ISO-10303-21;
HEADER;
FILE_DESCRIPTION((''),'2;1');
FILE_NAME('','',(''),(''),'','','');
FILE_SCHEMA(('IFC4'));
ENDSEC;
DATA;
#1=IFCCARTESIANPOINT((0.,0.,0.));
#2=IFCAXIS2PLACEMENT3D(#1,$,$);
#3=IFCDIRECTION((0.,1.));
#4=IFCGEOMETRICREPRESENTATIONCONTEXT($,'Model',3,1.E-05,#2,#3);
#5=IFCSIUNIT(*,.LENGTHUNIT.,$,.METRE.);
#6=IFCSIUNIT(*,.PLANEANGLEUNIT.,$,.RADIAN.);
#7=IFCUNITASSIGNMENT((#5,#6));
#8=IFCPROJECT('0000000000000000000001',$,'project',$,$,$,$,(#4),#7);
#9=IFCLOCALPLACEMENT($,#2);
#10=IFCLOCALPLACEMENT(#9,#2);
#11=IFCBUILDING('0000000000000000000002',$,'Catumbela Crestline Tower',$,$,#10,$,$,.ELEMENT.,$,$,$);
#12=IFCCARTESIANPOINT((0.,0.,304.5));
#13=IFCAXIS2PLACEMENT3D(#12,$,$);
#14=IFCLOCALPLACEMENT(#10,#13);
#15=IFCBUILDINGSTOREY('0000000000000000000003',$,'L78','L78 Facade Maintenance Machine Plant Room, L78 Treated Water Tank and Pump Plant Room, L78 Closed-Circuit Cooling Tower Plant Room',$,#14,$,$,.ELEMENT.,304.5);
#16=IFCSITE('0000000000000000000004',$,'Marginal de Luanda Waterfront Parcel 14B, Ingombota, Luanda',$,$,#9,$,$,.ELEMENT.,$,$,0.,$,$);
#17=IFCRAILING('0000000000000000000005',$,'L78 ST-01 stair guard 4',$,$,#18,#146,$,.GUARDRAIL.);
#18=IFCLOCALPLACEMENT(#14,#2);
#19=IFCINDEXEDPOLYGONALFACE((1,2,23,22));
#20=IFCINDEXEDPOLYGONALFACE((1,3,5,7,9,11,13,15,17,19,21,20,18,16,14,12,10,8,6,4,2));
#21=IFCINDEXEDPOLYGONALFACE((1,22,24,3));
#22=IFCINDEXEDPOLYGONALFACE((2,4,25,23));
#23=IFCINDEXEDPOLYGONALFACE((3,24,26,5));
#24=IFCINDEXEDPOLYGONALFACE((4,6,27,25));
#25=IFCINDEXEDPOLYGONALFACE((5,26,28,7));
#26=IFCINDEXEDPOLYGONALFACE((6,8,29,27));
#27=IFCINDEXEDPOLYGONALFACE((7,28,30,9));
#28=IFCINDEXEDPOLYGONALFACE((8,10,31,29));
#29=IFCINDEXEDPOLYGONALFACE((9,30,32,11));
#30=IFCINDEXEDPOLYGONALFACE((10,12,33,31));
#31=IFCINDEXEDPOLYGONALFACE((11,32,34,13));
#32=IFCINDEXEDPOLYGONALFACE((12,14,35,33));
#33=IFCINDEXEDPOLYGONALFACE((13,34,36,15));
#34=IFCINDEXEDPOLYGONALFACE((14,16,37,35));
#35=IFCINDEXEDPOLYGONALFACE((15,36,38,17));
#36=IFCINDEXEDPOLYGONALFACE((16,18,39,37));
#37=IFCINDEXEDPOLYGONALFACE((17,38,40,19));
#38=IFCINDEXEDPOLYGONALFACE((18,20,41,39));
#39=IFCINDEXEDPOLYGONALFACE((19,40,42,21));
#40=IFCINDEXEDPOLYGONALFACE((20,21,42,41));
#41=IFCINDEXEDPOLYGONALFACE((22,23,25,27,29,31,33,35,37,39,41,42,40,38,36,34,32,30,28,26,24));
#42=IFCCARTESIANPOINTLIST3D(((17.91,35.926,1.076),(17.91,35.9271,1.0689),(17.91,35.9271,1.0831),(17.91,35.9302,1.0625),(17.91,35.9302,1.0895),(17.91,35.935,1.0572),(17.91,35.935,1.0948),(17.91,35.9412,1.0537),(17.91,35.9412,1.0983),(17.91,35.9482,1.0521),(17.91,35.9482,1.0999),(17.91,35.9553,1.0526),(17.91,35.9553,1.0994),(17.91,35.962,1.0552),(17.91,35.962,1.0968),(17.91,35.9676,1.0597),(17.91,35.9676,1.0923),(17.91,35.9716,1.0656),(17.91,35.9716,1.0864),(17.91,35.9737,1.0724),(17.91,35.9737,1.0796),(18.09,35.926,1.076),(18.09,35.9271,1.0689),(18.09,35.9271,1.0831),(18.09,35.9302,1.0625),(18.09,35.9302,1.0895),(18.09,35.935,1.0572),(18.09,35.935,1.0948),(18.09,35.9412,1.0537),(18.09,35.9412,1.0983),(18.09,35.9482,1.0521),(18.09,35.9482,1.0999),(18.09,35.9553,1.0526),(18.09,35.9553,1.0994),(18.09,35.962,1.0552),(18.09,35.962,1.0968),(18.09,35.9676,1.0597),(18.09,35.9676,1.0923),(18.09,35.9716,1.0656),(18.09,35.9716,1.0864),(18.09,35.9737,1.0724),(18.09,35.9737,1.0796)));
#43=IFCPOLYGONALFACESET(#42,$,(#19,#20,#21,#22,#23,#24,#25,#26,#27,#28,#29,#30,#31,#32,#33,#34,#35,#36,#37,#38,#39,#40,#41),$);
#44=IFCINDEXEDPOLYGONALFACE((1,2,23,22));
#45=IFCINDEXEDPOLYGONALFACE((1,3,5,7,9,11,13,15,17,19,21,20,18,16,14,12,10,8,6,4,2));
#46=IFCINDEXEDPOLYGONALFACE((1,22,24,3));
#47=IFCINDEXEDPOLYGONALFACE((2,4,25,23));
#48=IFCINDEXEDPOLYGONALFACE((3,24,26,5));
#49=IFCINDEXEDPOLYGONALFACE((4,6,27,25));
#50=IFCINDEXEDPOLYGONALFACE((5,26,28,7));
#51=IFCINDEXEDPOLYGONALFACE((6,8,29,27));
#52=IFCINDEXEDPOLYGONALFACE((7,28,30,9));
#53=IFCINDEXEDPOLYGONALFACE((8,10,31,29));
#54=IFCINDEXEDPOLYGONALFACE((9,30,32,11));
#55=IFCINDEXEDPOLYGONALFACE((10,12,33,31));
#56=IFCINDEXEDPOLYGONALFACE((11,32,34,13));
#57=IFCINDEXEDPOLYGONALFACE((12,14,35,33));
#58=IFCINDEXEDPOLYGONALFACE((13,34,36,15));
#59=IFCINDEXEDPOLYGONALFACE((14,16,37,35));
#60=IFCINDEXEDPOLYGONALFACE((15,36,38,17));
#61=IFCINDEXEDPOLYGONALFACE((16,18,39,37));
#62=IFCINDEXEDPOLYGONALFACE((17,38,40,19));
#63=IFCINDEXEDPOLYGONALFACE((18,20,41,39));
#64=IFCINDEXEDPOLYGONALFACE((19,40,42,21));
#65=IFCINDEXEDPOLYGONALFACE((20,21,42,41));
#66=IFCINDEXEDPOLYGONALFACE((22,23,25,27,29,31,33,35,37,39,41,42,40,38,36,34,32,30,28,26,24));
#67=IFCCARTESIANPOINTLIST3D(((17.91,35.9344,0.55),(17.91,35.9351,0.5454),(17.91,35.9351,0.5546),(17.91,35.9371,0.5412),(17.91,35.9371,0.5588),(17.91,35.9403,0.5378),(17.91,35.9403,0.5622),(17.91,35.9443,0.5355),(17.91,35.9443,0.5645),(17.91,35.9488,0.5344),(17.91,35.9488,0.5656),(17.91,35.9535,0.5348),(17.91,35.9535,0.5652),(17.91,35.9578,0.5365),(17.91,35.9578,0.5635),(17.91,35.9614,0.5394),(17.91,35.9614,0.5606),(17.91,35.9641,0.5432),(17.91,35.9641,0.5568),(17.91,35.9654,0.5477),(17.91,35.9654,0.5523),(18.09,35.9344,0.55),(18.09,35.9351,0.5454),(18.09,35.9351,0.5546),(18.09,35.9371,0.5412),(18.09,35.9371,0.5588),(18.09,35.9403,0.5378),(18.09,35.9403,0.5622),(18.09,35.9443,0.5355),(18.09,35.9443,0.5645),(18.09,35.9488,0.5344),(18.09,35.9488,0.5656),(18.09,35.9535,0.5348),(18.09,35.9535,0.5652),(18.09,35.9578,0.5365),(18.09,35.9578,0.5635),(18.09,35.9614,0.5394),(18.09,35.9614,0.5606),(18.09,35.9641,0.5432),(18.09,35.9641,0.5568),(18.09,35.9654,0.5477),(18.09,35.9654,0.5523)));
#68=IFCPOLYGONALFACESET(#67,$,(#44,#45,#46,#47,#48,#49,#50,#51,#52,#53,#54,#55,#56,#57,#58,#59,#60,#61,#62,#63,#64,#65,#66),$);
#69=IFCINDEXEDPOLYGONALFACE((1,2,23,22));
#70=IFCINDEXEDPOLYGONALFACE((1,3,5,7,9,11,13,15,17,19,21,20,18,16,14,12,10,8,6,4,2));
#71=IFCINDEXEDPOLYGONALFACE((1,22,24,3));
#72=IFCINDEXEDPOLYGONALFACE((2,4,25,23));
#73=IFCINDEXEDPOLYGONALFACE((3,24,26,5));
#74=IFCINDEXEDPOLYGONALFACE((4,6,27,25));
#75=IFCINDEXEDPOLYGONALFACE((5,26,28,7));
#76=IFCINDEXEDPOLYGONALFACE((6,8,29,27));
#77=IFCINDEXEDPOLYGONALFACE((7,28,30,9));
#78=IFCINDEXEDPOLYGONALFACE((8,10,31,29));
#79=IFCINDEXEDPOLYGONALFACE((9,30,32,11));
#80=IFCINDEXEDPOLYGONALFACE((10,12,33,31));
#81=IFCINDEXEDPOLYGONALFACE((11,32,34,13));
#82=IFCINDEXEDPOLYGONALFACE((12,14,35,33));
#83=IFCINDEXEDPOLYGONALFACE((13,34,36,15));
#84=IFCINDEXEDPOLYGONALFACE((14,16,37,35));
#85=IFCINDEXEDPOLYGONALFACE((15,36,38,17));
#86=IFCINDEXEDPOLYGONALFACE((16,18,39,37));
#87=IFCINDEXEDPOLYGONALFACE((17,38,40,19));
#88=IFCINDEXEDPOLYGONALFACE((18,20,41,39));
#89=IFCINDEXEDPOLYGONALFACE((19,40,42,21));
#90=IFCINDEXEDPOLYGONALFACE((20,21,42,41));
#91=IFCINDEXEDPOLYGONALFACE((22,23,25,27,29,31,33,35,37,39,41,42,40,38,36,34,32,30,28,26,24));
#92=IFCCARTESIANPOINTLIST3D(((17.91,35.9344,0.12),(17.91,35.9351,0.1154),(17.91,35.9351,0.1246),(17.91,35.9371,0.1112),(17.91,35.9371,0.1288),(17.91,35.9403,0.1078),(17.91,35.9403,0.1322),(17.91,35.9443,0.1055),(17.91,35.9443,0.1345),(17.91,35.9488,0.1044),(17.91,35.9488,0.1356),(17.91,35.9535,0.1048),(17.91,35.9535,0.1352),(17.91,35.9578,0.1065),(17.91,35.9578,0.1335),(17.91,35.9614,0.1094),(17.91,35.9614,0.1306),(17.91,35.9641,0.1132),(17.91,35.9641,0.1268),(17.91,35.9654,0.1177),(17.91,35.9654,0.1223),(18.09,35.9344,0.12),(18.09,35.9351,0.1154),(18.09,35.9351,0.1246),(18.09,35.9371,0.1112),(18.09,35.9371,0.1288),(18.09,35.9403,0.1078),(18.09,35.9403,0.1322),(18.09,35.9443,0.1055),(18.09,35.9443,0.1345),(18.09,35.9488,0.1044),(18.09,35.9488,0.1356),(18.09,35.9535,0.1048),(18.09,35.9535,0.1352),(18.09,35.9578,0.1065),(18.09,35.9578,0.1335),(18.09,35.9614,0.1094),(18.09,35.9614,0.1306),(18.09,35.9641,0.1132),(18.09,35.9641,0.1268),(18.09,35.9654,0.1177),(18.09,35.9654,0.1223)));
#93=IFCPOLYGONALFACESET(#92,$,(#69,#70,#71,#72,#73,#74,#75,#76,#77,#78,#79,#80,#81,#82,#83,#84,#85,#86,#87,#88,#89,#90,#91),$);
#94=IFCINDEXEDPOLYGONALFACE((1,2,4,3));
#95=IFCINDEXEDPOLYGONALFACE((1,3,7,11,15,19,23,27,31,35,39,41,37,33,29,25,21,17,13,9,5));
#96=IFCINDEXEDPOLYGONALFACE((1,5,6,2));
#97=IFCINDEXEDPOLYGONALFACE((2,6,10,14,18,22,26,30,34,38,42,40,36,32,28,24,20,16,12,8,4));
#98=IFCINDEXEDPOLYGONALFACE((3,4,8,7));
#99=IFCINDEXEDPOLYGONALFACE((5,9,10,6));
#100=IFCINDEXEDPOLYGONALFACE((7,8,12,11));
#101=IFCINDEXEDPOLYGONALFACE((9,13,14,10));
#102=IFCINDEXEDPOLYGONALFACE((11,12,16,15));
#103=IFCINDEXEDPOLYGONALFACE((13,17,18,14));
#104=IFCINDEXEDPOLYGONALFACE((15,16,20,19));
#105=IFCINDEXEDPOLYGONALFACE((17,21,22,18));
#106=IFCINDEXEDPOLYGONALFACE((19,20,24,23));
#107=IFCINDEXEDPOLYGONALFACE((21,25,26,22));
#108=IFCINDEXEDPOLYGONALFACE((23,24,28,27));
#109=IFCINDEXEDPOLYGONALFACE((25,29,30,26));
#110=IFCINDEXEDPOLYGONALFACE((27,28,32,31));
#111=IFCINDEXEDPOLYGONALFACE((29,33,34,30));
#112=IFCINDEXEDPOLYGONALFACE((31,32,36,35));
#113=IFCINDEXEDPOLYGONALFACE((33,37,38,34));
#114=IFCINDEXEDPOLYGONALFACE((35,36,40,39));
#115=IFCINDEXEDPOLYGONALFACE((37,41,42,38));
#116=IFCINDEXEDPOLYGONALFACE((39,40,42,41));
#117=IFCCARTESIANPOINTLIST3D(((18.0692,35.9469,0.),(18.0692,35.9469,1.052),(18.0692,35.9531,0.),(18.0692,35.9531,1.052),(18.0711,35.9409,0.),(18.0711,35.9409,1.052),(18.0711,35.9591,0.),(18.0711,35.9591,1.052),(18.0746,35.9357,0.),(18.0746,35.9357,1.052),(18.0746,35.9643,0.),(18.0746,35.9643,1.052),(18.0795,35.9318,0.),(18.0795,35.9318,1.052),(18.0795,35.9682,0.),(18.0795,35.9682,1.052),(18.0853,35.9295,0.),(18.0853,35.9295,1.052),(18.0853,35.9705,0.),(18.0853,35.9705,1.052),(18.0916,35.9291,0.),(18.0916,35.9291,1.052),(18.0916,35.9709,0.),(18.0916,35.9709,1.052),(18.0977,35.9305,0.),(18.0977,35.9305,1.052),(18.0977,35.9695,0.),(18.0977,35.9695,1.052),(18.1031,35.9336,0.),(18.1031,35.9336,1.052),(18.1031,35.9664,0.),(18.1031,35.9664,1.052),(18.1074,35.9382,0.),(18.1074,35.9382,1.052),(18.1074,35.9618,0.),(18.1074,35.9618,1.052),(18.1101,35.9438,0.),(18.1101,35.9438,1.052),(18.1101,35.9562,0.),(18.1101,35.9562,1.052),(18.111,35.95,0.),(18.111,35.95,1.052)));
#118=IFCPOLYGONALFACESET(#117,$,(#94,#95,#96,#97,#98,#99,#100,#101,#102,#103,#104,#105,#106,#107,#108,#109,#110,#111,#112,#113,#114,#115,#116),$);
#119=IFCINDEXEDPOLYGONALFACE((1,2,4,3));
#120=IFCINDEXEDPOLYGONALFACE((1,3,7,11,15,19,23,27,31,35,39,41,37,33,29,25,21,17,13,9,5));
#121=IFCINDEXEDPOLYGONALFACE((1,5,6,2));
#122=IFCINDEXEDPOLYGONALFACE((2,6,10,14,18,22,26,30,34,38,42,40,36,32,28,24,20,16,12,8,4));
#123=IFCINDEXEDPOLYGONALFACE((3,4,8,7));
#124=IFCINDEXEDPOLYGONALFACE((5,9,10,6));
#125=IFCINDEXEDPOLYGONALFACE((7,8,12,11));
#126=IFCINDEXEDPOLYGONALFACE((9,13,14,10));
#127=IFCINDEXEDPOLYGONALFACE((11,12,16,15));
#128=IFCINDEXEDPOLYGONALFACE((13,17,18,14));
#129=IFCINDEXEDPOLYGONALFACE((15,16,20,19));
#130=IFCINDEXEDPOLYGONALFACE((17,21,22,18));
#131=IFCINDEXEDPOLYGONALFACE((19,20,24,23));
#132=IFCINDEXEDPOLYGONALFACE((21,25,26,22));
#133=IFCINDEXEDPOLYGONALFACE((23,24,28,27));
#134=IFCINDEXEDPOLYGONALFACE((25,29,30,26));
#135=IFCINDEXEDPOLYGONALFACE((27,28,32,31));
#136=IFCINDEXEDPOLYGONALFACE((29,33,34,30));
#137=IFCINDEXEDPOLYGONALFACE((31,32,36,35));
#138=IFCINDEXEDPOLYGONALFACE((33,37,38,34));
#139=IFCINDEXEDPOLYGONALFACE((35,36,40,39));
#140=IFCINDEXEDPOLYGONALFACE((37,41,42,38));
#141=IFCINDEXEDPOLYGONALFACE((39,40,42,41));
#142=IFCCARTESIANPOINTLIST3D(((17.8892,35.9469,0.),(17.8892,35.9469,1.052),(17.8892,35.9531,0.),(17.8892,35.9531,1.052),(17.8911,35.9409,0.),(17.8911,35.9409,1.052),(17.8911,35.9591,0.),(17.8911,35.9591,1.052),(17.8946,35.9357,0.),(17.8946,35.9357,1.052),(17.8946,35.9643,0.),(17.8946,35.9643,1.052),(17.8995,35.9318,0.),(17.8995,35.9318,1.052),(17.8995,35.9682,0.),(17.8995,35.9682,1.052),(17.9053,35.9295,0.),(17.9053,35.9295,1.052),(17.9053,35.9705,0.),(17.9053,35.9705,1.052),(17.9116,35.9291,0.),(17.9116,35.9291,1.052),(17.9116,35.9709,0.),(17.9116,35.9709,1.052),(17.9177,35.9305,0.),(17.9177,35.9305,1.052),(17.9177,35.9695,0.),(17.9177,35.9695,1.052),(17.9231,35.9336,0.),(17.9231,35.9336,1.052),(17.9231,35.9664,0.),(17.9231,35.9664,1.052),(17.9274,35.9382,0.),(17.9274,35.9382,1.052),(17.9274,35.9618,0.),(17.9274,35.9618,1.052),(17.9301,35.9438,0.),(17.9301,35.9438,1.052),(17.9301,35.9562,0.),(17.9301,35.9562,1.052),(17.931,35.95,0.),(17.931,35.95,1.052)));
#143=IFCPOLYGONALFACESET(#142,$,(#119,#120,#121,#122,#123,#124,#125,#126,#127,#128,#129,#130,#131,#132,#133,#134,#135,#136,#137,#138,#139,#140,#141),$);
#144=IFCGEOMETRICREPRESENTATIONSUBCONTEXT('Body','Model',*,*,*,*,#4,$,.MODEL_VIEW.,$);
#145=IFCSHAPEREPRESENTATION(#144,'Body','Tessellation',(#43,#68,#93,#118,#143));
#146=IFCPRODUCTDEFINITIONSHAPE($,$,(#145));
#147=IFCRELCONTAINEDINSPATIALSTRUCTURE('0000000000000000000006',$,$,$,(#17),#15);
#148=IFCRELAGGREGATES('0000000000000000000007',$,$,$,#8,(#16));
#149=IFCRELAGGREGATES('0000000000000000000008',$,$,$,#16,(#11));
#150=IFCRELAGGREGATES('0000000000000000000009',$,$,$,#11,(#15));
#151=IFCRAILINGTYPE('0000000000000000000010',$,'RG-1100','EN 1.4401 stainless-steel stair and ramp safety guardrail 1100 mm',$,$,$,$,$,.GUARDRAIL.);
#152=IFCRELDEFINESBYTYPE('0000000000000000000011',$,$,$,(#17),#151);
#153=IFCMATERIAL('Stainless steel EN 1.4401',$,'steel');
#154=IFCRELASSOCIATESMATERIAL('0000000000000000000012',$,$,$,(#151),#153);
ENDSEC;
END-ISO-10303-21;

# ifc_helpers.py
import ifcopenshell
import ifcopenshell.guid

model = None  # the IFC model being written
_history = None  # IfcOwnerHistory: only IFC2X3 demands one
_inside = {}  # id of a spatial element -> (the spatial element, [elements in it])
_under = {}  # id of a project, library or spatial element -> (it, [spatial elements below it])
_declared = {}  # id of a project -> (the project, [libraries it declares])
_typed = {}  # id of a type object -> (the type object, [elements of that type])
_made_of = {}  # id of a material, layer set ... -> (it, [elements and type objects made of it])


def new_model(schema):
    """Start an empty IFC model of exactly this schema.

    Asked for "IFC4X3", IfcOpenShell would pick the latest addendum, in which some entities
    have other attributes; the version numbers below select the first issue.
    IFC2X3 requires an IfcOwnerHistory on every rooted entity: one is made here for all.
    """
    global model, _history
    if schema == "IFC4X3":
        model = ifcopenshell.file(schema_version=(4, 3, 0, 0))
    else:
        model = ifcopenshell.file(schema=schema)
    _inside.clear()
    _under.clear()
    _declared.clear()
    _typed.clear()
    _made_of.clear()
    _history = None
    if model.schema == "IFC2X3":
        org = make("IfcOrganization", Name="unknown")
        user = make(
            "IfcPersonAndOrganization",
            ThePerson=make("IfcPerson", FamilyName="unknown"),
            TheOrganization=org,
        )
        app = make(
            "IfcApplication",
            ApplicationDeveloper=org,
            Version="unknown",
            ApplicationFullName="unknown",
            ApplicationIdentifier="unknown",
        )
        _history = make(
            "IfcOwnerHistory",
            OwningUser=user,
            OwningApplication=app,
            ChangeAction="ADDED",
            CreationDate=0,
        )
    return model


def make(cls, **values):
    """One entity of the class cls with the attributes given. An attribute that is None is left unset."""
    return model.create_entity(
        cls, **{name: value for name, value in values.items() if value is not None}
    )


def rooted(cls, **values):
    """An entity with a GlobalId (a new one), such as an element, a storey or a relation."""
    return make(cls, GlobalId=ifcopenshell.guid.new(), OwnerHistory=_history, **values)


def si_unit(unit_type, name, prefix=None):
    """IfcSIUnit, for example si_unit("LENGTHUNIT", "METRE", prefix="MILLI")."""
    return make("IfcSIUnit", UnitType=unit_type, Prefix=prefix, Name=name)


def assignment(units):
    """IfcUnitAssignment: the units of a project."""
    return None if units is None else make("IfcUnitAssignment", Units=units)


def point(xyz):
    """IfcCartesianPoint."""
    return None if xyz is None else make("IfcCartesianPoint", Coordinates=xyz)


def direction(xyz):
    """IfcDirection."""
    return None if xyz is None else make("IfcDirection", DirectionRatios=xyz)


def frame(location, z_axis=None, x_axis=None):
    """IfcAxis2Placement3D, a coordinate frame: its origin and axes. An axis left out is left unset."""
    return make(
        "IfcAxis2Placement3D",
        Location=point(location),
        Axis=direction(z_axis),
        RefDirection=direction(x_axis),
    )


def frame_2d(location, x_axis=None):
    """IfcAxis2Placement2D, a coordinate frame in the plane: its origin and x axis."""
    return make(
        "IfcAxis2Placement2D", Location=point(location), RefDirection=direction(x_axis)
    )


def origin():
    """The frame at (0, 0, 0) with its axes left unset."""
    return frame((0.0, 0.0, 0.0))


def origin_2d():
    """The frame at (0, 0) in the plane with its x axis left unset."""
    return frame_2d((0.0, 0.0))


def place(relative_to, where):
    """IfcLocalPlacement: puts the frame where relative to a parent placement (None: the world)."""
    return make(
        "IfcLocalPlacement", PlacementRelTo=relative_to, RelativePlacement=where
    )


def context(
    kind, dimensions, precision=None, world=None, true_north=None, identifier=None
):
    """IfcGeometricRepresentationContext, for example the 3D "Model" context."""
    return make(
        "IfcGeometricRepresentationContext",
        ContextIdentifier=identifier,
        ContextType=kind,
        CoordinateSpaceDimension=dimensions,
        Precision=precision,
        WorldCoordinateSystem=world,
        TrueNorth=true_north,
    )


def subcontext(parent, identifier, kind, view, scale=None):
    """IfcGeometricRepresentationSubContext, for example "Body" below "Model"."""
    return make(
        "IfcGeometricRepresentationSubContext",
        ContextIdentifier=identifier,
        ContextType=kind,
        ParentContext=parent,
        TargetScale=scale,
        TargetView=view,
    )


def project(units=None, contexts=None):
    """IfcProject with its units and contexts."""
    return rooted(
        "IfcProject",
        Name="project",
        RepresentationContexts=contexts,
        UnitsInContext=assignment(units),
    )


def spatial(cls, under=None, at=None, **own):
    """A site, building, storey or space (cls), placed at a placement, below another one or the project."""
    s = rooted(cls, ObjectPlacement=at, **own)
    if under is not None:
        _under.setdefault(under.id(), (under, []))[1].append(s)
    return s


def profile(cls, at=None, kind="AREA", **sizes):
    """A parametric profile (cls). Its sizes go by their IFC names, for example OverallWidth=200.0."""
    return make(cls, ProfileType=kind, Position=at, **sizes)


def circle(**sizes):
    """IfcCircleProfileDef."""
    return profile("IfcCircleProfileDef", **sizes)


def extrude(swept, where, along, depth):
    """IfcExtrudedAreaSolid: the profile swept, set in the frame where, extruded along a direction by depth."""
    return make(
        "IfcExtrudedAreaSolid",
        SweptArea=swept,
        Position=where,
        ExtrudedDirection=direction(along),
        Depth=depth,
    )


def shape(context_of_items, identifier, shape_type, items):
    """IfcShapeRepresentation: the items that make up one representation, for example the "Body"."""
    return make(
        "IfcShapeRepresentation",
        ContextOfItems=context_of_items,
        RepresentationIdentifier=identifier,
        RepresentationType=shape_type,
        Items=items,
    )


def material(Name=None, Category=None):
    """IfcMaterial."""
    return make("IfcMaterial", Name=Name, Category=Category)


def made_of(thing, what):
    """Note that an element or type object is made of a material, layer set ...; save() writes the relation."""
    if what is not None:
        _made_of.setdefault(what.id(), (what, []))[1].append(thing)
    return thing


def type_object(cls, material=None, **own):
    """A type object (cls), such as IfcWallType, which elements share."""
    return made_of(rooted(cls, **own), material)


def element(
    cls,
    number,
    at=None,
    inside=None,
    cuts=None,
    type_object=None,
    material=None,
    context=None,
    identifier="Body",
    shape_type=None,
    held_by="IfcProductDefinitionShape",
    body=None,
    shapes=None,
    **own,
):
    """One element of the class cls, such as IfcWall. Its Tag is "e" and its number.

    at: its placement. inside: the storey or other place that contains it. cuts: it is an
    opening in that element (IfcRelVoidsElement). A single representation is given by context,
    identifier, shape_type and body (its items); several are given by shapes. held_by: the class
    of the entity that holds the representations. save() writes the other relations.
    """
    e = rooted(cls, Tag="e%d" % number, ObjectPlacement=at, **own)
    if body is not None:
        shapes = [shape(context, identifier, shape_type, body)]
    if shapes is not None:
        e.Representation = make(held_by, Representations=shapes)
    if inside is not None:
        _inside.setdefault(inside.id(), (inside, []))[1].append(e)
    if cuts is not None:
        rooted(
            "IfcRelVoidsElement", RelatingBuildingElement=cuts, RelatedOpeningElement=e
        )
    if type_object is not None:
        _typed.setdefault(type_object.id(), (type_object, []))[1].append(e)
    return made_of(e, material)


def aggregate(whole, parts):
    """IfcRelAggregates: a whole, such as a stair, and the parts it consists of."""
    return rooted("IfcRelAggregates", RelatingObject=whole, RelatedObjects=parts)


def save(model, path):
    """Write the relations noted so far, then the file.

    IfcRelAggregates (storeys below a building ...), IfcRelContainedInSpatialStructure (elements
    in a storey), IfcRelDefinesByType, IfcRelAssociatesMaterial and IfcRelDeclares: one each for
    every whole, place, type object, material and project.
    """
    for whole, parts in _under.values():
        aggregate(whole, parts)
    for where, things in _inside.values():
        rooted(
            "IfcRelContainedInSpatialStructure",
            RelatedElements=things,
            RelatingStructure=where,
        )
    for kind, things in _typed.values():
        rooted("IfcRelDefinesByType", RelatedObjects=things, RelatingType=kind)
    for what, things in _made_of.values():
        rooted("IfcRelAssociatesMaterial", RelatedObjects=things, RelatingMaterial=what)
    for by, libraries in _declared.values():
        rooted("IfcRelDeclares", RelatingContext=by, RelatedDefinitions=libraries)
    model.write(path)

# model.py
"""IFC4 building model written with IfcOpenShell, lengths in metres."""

from ifc_helpers import new_model, si_unit, direction, frame, origin, origin_2d, place, context, subcontext, project, spatial, circle, extrude, material, type_object, element, save


model = new_model("IFC4")

# Units and contexts
model_context = context("Model", 3, precision=1e-05, world=origin(), true_north=direction((0.0, 1.0)))
body_context = subcontext(model_context, "Body", "Model", "MODEL_VIEW")
ifc_project = project(units=[si_unit("LENGTHUNIT", "METRE"), si_unit("PLANEANGLEUNIT", "RADIAN")], contexts=[model_context])

# Site, building, storey
site_placement = place(None, origin())
site = spatial("IfcSite", under=ifc_project, at=site_placement, Name="Marginal de Luanda Waterfront Parcel 14B, Ingombota, Luanda", CompositionType="ELEMENT", RefElevation=0.0)
building_placement = place(site_placement, origin())
building = spatial("IfcBuilding", under=site, at=building_placement, Name="Catumbela Crestline Tower", CompositionType="ELEMENT")
storey_placement = place(building_placement, frame((0.0, 0.0, 304.5)))
storey = spatial("IfcBuildingStorey", under=building, at=storey_placement, Name="L78", Description="L78 Facade Maintenance Machine Plant Room, L78 Treated Water Tank and Pump Plant Room, L78 Closed-Circuit Cooling Tower Plant Room", CompositionType="ELEMENT", Elevation=304.5)

# Shared definitions
ifc_material_1 = material(Name="Stainless steel EN 1.4401", Category="steel")

# Railing
railing_type_1 = type_object("IfcRailingType", Name="RG-1100", Description="EN 1.4401 stainless-steel stair and ramp safety guardrail 1100 mm", PredefinedType="GUARDRAIL", material=ifc_material_1)
for number, where, name in (
    (1, (18.09, 35.95, 0.0), "L78 ST-01 stair guard 4"),
):
    element("IfcRailing", number, at=place(storey_placement, frame(where)), inside=storey, type_object=railing_type_1, Name=name, PredefinedType="GUARDRAIL", context=body_context, shape_type="SweptSolid", body=[
        extrude(circle(Radius=0.024, at=origin_2d()), frame((0.0, 0.0, 1.076), z_axis=(-1.0, 0.0, 0.0), x_axis=(0.0, -1.0, 0.0)), (0.0, 0.0, 1.0), 0.18),
        extrude(circle(Radius=0.0156, at=origin_2d()), frame((0.0, 0.0, 0.55), z_axis=(-1.0, 0.0, 0.0), x_axis=(0.0, -1.0, 0.0)), (0.0, 0.0, 1.0), 0.18),
        extrude(circle(Radius=0.0156, at=origin_2d()), frame((0.0, 0.0, 0.12), z_axis=(-1.0, 0.0, 0.0), x_axis=(0.0, -1.0, 0.0)), (0.0, 0.0, 1.0), 0.18),
        extrude(circle(Radius=0.021, at=origin_2d()), origin(), (0.0, 0.0, 1.0), 1.052),
        extrude(circle(Radius=0.021, at=origin_2d()), frame((-0.18, 0.0, 0.0)), (0.0, 0.0, 1.0), 1.052),
    ])

save(model, "model.ifc")
